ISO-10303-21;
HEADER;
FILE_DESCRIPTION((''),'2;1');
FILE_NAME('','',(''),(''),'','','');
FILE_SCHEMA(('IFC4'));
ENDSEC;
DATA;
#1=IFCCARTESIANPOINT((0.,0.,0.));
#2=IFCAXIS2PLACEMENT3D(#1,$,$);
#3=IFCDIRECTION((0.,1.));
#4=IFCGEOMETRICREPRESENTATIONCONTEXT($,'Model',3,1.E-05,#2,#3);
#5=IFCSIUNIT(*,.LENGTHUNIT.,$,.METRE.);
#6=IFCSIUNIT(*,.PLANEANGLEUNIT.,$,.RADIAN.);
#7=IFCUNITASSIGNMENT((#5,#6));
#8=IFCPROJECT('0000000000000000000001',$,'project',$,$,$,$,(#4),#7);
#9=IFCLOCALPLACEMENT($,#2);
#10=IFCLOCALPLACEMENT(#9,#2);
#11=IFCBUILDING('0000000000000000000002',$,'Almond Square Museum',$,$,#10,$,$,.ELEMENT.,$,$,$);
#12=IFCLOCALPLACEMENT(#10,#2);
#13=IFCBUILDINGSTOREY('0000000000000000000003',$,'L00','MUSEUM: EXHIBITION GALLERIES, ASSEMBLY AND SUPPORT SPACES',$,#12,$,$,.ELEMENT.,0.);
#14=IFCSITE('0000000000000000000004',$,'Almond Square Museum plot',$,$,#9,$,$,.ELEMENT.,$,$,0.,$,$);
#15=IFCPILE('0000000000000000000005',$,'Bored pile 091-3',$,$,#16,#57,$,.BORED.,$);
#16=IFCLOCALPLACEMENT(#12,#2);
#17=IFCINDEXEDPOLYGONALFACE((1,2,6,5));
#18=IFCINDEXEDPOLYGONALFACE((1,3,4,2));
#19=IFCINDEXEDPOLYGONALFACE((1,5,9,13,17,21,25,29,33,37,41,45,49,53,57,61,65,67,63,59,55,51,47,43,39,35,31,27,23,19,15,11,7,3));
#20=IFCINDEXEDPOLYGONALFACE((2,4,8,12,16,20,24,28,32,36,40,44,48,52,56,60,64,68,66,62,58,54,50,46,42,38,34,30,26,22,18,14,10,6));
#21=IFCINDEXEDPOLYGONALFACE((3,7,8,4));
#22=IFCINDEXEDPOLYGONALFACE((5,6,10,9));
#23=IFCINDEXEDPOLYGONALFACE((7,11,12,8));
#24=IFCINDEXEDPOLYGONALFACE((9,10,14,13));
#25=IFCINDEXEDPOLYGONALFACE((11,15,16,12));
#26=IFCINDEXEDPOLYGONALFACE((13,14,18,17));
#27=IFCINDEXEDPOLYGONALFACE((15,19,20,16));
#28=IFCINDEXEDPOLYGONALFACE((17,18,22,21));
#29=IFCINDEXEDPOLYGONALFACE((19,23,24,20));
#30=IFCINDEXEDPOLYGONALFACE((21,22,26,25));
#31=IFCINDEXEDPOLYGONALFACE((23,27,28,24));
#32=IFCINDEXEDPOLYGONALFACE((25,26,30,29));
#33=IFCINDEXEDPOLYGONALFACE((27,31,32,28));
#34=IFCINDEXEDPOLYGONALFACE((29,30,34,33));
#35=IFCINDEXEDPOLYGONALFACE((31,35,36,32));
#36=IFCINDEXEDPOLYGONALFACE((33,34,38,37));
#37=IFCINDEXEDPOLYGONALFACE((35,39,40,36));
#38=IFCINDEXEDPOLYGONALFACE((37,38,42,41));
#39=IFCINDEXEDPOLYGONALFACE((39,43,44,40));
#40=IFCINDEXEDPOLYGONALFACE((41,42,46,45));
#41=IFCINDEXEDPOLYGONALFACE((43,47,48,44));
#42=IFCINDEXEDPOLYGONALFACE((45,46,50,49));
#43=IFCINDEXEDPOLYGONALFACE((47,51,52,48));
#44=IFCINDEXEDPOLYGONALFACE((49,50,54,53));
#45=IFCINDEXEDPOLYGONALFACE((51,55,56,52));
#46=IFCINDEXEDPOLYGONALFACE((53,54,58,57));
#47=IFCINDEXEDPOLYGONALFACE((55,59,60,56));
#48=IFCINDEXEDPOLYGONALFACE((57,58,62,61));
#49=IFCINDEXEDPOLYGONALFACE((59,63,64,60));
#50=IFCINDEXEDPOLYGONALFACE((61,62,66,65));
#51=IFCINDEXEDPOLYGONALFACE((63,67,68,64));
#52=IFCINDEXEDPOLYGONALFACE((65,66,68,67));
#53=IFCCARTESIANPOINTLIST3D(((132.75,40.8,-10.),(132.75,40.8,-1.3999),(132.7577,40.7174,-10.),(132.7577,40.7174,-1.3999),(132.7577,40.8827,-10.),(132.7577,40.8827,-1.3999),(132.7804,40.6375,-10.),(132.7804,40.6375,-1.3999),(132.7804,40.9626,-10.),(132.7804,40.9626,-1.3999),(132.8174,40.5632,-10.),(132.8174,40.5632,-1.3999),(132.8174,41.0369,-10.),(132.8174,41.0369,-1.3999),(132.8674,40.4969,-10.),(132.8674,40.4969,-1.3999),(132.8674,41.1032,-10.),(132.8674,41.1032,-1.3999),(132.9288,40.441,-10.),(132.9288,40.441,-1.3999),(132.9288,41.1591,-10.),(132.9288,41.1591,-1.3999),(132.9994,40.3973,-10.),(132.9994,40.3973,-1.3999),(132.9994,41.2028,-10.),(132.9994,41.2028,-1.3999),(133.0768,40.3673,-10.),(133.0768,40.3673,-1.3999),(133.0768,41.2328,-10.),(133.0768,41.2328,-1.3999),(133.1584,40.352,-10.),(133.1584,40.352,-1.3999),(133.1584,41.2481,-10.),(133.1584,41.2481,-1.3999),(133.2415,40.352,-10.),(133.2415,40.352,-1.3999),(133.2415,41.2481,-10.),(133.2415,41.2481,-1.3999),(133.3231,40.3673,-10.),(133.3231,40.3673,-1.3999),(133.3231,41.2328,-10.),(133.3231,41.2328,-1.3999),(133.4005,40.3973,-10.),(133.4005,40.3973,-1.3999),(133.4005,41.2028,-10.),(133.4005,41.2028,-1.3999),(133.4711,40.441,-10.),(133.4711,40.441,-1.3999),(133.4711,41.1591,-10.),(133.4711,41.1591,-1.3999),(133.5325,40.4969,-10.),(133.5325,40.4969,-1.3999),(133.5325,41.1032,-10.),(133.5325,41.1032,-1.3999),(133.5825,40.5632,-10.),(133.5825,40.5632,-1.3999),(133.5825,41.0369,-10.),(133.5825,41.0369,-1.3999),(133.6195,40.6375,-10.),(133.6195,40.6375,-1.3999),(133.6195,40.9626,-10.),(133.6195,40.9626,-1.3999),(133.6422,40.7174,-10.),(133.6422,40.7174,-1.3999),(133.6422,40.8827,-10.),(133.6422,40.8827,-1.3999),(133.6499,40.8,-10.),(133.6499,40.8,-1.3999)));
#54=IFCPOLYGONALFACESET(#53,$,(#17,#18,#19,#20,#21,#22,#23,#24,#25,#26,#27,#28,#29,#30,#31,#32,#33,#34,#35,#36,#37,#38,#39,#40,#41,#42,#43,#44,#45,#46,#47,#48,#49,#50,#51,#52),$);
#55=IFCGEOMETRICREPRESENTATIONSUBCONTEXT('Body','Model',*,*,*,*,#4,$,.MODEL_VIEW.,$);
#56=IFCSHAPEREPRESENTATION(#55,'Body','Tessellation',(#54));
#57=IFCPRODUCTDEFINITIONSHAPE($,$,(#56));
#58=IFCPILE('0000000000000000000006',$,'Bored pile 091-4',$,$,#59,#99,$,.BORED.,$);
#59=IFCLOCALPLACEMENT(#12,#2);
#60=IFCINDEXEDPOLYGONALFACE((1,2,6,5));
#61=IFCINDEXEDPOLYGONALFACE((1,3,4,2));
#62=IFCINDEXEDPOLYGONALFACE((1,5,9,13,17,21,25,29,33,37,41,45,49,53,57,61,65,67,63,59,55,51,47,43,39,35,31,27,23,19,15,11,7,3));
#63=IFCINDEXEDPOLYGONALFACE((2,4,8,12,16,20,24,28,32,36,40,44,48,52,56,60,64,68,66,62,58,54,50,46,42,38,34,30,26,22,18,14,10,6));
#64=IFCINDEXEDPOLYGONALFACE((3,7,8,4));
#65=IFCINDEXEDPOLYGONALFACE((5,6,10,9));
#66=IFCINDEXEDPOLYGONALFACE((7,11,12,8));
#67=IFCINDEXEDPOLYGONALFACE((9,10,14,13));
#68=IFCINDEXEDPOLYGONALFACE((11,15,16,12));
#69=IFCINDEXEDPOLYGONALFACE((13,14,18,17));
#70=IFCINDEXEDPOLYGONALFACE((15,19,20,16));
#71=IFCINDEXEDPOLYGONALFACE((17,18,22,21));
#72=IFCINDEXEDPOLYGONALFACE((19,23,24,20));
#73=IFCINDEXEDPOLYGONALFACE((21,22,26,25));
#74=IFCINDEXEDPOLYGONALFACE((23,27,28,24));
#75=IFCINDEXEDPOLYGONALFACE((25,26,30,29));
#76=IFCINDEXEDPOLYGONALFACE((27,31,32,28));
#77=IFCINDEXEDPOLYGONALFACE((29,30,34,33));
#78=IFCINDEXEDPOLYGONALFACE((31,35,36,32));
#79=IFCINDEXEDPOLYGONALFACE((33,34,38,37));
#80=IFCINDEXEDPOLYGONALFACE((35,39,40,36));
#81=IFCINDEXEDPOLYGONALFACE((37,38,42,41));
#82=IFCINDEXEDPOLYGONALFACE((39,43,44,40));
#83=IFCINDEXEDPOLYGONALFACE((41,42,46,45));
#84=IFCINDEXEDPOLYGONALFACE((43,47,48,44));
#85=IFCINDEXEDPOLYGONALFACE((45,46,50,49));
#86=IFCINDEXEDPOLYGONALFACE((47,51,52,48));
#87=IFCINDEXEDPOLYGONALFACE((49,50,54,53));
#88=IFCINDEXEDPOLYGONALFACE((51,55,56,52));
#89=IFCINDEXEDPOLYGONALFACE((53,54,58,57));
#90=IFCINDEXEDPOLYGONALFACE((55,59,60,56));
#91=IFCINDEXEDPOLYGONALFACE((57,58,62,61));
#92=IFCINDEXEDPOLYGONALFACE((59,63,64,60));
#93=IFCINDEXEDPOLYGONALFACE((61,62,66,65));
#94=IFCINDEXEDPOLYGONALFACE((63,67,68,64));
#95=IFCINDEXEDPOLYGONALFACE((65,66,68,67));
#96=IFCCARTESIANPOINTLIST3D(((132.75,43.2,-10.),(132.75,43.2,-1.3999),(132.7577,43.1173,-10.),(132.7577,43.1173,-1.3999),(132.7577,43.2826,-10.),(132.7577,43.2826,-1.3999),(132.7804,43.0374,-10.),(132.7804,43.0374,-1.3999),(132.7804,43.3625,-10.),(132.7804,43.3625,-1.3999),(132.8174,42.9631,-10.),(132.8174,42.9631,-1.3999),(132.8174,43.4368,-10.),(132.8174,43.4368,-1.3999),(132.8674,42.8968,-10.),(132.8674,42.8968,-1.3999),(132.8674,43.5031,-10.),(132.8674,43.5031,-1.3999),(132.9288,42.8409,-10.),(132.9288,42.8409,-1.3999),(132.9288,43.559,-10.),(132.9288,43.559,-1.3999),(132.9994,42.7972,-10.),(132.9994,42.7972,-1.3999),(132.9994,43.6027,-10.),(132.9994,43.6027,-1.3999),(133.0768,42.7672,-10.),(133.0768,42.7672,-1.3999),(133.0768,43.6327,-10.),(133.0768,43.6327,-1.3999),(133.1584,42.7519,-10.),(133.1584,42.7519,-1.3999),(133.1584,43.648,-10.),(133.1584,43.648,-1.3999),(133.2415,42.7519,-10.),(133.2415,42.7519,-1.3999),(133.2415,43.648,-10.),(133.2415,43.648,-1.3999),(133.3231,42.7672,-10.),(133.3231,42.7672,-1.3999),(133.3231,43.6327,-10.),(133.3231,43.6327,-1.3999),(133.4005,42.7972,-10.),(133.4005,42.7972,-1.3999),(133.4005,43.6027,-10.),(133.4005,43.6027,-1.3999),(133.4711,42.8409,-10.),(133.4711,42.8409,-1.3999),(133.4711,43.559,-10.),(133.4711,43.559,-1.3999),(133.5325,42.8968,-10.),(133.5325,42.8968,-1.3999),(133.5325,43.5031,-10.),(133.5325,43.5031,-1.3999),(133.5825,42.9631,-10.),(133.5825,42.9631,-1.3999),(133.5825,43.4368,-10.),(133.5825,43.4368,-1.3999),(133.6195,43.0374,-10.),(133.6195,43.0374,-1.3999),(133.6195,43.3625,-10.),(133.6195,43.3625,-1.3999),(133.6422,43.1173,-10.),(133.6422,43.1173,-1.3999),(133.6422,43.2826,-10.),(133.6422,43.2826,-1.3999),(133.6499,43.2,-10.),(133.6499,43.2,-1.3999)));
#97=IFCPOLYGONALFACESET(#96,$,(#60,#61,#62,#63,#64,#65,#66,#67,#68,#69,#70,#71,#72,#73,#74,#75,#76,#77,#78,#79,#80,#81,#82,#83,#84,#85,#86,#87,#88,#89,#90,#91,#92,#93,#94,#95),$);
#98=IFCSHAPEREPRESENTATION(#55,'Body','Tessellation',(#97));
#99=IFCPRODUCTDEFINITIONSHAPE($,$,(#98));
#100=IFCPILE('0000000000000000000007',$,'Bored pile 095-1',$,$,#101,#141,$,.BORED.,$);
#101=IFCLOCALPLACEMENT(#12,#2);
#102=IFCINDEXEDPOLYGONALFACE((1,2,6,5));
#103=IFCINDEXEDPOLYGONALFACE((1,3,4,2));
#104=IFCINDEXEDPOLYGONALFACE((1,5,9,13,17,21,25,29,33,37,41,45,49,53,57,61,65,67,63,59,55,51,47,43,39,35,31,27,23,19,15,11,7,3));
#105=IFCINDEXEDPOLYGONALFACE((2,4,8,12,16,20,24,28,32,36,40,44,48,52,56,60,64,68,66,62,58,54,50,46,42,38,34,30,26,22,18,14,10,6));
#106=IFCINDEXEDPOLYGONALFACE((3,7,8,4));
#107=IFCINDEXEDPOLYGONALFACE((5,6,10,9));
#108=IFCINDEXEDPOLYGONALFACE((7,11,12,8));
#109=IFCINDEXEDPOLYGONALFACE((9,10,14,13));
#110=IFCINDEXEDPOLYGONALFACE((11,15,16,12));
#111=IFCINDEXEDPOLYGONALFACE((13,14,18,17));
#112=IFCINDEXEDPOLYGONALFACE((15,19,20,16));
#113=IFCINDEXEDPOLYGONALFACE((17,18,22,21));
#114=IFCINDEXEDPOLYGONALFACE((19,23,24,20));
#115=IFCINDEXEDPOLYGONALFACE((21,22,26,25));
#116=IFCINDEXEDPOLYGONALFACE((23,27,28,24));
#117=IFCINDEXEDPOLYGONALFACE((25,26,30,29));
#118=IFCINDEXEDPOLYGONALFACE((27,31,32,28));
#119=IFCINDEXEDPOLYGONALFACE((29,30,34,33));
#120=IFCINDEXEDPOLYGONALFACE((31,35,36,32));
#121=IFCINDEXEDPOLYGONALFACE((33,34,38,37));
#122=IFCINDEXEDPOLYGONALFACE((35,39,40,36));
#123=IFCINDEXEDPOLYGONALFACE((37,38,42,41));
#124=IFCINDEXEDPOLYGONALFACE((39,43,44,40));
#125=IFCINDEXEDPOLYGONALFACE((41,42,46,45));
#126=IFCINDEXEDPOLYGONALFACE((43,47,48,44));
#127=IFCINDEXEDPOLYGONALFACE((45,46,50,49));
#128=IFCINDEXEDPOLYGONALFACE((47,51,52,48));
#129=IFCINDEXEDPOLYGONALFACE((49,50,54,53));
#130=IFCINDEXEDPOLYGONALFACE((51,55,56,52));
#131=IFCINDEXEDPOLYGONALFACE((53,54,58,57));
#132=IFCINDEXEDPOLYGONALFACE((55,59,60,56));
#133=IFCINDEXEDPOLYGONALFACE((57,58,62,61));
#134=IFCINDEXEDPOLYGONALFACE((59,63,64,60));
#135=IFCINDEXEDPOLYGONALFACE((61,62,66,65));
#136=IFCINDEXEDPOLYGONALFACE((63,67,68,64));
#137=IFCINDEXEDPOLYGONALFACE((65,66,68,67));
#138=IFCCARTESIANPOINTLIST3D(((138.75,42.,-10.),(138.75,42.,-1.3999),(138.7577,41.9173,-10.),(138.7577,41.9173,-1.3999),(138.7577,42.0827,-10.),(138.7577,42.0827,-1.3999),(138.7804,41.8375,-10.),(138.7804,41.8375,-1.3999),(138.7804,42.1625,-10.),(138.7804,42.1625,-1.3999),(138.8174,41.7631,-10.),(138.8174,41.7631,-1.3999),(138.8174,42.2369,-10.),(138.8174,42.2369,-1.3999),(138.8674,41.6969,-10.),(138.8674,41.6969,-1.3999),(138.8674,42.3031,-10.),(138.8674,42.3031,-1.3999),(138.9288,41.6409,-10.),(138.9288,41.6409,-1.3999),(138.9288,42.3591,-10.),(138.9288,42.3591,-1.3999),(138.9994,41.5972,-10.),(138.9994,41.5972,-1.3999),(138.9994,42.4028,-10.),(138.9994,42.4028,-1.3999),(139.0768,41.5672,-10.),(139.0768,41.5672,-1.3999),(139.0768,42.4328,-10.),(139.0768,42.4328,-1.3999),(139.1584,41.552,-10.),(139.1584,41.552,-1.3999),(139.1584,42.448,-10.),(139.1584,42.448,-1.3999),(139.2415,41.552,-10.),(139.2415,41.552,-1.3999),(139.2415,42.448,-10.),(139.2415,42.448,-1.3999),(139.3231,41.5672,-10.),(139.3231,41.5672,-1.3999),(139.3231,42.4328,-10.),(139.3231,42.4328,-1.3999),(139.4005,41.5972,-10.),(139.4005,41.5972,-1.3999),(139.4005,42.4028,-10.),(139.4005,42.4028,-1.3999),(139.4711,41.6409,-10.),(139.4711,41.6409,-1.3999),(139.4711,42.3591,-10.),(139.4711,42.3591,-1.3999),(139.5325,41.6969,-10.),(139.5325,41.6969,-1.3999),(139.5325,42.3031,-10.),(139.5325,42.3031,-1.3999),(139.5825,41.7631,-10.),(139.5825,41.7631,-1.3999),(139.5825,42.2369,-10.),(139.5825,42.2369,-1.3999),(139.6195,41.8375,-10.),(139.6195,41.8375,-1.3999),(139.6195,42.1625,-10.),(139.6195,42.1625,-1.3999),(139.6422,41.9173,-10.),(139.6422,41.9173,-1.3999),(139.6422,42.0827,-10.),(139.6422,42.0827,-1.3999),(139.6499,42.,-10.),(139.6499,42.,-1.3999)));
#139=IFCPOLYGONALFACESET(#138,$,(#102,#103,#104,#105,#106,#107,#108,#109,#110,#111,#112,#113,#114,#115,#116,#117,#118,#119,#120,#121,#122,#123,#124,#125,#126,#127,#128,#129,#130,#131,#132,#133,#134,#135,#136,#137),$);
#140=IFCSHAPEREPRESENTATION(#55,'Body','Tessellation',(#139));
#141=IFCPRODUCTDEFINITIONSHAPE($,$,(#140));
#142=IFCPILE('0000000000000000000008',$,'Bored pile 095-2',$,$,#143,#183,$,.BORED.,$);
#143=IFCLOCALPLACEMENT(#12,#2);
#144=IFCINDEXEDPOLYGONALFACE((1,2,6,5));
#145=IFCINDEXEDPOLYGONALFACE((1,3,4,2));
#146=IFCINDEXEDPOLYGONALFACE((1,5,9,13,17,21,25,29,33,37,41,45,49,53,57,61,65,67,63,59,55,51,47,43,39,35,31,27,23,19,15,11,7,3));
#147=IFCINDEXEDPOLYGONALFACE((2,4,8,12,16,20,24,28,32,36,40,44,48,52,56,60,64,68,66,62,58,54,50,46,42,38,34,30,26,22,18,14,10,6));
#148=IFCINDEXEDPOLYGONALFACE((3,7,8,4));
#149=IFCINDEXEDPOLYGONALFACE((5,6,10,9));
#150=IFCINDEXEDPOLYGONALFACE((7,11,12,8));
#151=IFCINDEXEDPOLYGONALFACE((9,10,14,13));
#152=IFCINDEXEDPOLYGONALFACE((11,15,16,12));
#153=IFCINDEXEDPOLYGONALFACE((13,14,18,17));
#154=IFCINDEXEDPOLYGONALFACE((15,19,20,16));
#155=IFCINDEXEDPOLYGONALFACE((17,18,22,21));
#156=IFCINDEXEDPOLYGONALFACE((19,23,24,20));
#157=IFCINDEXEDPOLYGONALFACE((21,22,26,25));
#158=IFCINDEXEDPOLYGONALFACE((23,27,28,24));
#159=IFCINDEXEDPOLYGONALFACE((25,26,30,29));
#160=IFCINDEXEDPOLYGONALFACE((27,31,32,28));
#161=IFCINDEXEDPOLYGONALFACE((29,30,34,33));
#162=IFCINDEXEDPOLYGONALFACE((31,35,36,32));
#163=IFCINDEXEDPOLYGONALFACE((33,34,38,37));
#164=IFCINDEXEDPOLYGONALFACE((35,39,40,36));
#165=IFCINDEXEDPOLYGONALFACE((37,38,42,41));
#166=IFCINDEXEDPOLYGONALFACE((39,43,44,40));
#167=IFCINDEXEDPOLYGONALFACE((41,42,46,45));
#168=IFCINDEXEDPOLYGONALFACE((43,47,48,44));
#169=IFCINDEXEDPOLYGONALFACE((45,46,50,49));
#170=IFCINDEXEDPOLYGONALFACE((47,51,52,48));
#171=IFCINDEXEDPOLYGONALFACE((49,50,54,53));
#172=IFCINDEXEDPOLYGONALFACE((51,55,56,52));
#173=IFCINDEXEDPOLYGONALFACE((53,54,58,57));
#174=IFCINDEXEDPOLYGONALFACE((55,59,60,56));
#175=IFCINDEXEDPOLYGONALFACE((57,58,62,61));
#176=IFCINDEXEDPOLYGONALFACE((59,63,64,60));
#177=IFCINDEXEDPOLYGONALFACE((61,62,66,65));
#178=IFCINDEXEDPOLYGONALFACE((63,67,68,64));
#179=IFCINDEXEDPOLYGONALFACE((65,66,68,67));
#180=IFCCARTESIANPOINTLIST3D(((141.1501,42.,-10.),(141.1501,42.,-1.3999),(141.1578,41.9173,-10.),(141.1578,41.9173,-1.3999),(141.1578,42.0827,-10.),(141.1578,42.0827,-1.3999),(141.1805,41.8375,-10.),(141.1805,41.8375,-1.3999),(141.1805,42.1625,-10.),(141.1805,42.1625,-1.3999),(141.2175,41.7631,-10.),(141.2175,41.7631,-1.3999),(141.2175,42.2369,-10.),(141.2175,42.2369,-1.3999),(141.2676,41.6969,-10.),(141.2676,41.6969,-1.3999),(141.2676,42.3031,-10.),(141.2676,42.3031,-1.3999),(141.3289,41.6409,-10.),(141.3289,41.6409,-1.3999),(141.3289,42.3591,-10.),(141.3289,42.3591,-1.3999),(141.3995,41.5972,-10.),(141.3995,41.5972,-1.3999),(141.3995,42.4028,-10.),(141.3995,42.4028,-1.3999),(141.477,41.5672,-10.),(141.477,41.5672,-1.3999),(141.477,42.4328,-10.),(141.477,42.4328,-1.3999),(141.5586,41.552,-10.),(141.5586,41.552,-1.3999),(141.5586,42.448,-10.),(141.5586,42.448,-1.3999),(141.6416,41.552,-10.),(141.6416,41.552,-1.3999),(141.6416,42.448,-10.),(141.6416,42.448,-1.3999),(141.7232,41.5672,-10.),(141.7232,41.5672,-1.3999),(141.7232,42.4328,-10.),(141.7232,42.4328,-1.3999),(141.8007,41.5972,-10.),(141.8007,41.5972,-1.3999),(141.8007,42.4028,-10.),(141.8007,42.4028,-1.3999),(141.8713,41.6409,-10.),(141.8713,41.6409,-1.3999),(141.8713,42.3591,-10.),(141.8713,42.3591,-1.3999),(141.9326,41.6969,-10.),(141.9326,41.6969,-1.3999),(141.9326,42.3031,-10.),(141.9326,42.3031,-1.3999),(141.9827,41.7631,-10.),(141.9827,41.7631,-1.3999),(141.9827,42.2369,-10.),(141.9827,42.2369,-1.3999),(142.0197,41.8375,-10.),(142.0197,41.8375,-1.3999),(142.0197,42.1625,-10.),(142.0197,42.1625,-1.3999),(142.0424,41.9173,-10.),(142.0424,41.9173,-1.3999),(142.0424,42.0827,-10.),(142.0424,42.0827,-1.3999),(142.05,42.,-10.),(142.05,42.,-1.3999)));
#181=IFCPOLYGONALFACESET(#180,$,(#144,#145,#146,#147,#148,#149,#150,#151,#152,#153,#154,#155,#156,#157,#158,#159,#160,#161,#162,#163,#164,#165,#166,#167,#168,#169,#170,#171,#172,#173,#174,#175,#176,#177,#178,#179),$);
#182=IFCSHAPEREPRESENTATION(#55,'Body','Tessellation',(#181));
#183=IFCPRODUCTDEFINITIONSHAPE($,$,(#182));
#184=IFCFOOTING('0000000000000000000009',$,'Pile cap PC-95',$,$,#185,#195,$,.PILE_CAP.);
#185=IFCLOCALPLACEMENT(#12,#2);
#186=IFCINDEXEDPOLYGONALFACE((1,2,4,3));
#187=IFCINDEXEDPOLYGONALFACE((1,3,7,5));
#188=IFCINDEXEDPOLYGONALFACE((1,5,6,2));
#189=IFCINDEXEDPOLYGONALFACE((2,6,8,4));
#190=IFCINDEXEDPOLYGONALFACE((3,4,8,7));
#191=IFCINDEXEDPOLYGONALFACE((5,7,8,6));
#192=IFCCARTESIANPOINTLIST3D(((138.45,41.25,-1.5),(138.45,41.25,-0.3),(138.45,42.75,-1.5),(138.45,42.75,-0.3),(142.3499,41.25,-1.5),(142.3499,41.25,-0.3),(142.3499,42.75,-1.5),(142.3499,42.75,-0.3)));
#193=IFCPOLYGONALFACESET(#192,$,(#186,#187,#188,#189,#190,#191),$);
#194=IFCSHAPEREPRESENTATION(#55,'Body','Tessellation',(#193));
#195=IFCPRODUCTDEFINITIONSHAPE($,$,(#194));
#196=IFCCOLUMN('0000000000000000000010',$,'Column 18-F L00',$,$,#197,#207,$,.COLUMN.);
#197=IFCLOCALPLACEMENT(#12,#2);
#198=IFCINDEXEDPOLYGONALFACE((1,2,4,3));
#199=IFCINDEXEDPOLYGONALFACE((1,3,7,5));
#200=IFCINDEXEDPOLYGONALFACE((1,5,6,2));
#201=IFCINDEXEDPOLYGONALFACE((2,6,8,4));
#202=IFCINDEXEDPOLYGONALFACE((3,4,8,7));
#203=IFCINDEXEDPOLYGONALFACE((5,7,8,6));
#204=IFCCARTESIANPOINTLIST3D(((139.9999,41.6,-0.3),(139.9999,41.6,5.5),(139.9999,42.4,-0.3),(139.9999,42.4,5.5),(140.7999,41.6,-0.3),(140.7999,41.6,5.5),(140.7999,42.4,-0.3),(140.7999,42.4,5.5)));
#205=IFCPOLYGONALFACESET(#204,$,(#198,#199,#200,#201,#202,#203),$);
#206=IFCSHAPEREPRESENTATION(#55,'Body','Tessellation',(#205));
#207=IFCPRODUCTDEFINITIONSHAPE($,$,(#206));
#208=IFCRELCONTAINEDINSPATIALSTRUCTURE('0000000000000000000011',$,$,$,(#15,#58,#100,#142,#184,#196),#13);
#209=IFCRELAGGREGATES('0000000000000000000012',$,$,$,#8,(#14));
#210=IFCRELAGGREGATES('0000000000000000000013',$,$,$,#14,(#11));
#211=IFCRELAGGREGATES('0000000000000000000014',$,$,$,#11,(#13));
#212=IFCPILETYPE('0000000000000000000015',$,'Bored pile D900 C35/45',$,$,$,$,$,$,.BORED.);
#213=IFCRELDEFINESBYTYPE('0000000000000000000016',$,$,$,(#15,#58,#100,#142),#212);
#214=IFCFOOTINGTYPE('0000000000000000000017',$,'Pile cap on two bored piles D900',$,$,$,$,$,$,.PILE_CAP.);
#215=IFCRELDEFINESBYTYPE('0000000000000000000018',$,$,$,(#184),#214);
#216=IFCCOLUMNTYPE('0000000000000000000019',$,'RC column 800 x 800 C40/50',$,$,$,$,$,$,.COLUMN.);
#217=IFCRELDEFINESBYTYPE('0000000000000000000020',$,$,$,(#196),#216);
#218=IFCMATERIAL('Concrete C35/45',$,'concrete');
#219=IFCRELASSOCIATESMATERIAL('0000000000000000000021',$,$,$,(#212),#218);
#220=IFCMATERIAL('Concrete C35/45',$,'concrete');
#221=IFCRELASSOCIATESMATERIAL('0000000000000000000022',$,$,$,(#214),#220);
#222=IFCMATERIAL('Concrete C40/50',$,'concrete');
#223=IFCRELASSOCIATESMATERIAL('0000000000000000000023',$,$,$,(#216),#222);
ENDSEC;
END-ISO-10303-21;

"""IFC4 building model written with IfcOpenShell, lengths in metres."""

from ifc_helpers import new_model, si_unit, direction, frame, origin, origin_2d, place, context, subcontext, project, spatial, rectangle, circle, extrude, material, material_profile, profile_set, type_object, element, save


model = new_model("IFC4")

# Units and contexts
model_context = context("Model", 3, precision=1e-05, world=origin(), true_north=direction((0.0, 1.0)))
body_context = subcontext(model_context, "Body", "Model", "MODEL_VIEW")
ifc_project = project(units=[si_unit("LENGTHUNIT", "METRE"), si_unit("PLANEANGLEUNIT", "RADIAN")], contexts=[model_context])

# Site, building, storey
site_placement = place(None, origin())
site = spatial("IfcSite", under=ifc_project, at=site_placement, Name="Almond Square Museum plot", CompositionType="ELEMENT", RefElevation=0.0)
building_placement = place(site_placement, origin())
building = spatial("IfcBuilding", under=site, at=building_placement, Name="Almond Square Museum", CompositionType="ELEMENT")
storey_placement = place(building_placement, origin())
storey = spatial("IfcBuildingStorey", under=building, at=storey_placement, Name="L00", Description="MUSEUM: EXHIBITION GALLERIES, ASSEMBLY AND SUPPORT SPACES", CompositionType="ELEMENT", Elevation=0.0)

# Piles
ifc_material_1 = material(Name="Concrete C35/45", Category="concrete")
ifc_material_profile_1 = material_profile(ifc_material_1, circle(Radius=0.45, at=origin_2d()))
ifc_profile_set_1 = profile_set([ifc_material_profile_1], Name="Concrete C35/45")
pile_type = type_object("IfcPileType", Name="Bored pile D900 C35/45", PredefinedType="BORED", material=ifc_profile_set_1)
for number, where, z_axis, x_axis, name in (
    (1, (133.2, 40.8, -1.3999), (0.0, 0.0, -1.0), (1.0, 0.0, 0.0), "Bored pile 091-3"),
    (2, (133.2, 43.2, -1.3999), (0.0, 0.0, -1.0), (1.0, 0.0, 0.0), "Bored pile 091-4"),
    (3, (139.2, 42.0, -1.3999), (0.0, 0.0, -1.0), (1.0, 0.0, 0.0), "Bored pile 095-1"),
    (4, (141.6001, 42.0, -1.3999), (0.0, 0.0, -1.0), (1.0, 0.0, 0.0), "Bored pile 095-2"),
):
    element("IfcPile", number, at=place(storey_placement, frame(where, z_axis=z_axis, x_axis=x_axis)), inside=storey, type_object=pile_type, Name=name, PredefinedType="BORED", context=body_context, shape_type="SweptSolid", body=[
        extrude(circle(Radius=0.45, at=origin_2d()), origin(), (0.0, 0.0, 1.0), 8.6001),
    ])

# Footing
ifc_material_2 = material(Name="Concrete C35/45", Category="concrete")
footing_type = type_object("IfcFootingType", Name="Pile cap on two bored piles D900", PredefinedType="PILE_CAP", material=ifc_material_2)
footing_placement = place(storey_placement, frame((140.3999, 42.0, -1.5), z_axis=(0.0, 0.0, 1.0), x_axis=(1.0, 0.0, 0.0)))
element("IfcFooting", 5, at=footing_placement, inside=storey, type_object=footing_type, Name="Pile cap PC-95", PredefinedType="PILE_CAP", context=body_context, shape_type="SweptSolid", body=[
    extrude(rectangle(XDim=3.8999, YDim=1.5, at=origin_2d()), origin(), (0.0, 0.0, 1.0), 1.2),
])

# Column
ifc_material_3 = material(Name="Concrete C40/50", Category="concrete")
ifc_material_profile_2 = material_profile(ifc_material_3, rectangle(XDim=0.8, YDim=0.8, at=origin_2d()))
ifc_profile_set_2 = profile_set([ifc_material_profile_2], Name="Concrete C40/50")
column_type = type_object("IfcColumnType", Name="RC column 800 x 800 C40/50", PredefinedType="COLUMN", material=ifc_profile_set_2)
column_placement = place(storey_placement, frame((140.3999, 42.0, -0.3), z_axis=(0.0, 0.0, 1.0), x_axis=(1.0, 0.0, 0.0)))
element("IfcColumn", 6, at=column_placement, inside=storey, type_object=column_type, Name="Column 18-F L00", PredefinedType="COLUMN", context=body_context, shape_type="SweptSolid", body=[
    extrude(rectangle(XDim=0.8, YDim=0.8, at=origin_2d()), origin(), (0.0, 0.0, 1.0), 5.8),
])

save(model, "model.ifc")
